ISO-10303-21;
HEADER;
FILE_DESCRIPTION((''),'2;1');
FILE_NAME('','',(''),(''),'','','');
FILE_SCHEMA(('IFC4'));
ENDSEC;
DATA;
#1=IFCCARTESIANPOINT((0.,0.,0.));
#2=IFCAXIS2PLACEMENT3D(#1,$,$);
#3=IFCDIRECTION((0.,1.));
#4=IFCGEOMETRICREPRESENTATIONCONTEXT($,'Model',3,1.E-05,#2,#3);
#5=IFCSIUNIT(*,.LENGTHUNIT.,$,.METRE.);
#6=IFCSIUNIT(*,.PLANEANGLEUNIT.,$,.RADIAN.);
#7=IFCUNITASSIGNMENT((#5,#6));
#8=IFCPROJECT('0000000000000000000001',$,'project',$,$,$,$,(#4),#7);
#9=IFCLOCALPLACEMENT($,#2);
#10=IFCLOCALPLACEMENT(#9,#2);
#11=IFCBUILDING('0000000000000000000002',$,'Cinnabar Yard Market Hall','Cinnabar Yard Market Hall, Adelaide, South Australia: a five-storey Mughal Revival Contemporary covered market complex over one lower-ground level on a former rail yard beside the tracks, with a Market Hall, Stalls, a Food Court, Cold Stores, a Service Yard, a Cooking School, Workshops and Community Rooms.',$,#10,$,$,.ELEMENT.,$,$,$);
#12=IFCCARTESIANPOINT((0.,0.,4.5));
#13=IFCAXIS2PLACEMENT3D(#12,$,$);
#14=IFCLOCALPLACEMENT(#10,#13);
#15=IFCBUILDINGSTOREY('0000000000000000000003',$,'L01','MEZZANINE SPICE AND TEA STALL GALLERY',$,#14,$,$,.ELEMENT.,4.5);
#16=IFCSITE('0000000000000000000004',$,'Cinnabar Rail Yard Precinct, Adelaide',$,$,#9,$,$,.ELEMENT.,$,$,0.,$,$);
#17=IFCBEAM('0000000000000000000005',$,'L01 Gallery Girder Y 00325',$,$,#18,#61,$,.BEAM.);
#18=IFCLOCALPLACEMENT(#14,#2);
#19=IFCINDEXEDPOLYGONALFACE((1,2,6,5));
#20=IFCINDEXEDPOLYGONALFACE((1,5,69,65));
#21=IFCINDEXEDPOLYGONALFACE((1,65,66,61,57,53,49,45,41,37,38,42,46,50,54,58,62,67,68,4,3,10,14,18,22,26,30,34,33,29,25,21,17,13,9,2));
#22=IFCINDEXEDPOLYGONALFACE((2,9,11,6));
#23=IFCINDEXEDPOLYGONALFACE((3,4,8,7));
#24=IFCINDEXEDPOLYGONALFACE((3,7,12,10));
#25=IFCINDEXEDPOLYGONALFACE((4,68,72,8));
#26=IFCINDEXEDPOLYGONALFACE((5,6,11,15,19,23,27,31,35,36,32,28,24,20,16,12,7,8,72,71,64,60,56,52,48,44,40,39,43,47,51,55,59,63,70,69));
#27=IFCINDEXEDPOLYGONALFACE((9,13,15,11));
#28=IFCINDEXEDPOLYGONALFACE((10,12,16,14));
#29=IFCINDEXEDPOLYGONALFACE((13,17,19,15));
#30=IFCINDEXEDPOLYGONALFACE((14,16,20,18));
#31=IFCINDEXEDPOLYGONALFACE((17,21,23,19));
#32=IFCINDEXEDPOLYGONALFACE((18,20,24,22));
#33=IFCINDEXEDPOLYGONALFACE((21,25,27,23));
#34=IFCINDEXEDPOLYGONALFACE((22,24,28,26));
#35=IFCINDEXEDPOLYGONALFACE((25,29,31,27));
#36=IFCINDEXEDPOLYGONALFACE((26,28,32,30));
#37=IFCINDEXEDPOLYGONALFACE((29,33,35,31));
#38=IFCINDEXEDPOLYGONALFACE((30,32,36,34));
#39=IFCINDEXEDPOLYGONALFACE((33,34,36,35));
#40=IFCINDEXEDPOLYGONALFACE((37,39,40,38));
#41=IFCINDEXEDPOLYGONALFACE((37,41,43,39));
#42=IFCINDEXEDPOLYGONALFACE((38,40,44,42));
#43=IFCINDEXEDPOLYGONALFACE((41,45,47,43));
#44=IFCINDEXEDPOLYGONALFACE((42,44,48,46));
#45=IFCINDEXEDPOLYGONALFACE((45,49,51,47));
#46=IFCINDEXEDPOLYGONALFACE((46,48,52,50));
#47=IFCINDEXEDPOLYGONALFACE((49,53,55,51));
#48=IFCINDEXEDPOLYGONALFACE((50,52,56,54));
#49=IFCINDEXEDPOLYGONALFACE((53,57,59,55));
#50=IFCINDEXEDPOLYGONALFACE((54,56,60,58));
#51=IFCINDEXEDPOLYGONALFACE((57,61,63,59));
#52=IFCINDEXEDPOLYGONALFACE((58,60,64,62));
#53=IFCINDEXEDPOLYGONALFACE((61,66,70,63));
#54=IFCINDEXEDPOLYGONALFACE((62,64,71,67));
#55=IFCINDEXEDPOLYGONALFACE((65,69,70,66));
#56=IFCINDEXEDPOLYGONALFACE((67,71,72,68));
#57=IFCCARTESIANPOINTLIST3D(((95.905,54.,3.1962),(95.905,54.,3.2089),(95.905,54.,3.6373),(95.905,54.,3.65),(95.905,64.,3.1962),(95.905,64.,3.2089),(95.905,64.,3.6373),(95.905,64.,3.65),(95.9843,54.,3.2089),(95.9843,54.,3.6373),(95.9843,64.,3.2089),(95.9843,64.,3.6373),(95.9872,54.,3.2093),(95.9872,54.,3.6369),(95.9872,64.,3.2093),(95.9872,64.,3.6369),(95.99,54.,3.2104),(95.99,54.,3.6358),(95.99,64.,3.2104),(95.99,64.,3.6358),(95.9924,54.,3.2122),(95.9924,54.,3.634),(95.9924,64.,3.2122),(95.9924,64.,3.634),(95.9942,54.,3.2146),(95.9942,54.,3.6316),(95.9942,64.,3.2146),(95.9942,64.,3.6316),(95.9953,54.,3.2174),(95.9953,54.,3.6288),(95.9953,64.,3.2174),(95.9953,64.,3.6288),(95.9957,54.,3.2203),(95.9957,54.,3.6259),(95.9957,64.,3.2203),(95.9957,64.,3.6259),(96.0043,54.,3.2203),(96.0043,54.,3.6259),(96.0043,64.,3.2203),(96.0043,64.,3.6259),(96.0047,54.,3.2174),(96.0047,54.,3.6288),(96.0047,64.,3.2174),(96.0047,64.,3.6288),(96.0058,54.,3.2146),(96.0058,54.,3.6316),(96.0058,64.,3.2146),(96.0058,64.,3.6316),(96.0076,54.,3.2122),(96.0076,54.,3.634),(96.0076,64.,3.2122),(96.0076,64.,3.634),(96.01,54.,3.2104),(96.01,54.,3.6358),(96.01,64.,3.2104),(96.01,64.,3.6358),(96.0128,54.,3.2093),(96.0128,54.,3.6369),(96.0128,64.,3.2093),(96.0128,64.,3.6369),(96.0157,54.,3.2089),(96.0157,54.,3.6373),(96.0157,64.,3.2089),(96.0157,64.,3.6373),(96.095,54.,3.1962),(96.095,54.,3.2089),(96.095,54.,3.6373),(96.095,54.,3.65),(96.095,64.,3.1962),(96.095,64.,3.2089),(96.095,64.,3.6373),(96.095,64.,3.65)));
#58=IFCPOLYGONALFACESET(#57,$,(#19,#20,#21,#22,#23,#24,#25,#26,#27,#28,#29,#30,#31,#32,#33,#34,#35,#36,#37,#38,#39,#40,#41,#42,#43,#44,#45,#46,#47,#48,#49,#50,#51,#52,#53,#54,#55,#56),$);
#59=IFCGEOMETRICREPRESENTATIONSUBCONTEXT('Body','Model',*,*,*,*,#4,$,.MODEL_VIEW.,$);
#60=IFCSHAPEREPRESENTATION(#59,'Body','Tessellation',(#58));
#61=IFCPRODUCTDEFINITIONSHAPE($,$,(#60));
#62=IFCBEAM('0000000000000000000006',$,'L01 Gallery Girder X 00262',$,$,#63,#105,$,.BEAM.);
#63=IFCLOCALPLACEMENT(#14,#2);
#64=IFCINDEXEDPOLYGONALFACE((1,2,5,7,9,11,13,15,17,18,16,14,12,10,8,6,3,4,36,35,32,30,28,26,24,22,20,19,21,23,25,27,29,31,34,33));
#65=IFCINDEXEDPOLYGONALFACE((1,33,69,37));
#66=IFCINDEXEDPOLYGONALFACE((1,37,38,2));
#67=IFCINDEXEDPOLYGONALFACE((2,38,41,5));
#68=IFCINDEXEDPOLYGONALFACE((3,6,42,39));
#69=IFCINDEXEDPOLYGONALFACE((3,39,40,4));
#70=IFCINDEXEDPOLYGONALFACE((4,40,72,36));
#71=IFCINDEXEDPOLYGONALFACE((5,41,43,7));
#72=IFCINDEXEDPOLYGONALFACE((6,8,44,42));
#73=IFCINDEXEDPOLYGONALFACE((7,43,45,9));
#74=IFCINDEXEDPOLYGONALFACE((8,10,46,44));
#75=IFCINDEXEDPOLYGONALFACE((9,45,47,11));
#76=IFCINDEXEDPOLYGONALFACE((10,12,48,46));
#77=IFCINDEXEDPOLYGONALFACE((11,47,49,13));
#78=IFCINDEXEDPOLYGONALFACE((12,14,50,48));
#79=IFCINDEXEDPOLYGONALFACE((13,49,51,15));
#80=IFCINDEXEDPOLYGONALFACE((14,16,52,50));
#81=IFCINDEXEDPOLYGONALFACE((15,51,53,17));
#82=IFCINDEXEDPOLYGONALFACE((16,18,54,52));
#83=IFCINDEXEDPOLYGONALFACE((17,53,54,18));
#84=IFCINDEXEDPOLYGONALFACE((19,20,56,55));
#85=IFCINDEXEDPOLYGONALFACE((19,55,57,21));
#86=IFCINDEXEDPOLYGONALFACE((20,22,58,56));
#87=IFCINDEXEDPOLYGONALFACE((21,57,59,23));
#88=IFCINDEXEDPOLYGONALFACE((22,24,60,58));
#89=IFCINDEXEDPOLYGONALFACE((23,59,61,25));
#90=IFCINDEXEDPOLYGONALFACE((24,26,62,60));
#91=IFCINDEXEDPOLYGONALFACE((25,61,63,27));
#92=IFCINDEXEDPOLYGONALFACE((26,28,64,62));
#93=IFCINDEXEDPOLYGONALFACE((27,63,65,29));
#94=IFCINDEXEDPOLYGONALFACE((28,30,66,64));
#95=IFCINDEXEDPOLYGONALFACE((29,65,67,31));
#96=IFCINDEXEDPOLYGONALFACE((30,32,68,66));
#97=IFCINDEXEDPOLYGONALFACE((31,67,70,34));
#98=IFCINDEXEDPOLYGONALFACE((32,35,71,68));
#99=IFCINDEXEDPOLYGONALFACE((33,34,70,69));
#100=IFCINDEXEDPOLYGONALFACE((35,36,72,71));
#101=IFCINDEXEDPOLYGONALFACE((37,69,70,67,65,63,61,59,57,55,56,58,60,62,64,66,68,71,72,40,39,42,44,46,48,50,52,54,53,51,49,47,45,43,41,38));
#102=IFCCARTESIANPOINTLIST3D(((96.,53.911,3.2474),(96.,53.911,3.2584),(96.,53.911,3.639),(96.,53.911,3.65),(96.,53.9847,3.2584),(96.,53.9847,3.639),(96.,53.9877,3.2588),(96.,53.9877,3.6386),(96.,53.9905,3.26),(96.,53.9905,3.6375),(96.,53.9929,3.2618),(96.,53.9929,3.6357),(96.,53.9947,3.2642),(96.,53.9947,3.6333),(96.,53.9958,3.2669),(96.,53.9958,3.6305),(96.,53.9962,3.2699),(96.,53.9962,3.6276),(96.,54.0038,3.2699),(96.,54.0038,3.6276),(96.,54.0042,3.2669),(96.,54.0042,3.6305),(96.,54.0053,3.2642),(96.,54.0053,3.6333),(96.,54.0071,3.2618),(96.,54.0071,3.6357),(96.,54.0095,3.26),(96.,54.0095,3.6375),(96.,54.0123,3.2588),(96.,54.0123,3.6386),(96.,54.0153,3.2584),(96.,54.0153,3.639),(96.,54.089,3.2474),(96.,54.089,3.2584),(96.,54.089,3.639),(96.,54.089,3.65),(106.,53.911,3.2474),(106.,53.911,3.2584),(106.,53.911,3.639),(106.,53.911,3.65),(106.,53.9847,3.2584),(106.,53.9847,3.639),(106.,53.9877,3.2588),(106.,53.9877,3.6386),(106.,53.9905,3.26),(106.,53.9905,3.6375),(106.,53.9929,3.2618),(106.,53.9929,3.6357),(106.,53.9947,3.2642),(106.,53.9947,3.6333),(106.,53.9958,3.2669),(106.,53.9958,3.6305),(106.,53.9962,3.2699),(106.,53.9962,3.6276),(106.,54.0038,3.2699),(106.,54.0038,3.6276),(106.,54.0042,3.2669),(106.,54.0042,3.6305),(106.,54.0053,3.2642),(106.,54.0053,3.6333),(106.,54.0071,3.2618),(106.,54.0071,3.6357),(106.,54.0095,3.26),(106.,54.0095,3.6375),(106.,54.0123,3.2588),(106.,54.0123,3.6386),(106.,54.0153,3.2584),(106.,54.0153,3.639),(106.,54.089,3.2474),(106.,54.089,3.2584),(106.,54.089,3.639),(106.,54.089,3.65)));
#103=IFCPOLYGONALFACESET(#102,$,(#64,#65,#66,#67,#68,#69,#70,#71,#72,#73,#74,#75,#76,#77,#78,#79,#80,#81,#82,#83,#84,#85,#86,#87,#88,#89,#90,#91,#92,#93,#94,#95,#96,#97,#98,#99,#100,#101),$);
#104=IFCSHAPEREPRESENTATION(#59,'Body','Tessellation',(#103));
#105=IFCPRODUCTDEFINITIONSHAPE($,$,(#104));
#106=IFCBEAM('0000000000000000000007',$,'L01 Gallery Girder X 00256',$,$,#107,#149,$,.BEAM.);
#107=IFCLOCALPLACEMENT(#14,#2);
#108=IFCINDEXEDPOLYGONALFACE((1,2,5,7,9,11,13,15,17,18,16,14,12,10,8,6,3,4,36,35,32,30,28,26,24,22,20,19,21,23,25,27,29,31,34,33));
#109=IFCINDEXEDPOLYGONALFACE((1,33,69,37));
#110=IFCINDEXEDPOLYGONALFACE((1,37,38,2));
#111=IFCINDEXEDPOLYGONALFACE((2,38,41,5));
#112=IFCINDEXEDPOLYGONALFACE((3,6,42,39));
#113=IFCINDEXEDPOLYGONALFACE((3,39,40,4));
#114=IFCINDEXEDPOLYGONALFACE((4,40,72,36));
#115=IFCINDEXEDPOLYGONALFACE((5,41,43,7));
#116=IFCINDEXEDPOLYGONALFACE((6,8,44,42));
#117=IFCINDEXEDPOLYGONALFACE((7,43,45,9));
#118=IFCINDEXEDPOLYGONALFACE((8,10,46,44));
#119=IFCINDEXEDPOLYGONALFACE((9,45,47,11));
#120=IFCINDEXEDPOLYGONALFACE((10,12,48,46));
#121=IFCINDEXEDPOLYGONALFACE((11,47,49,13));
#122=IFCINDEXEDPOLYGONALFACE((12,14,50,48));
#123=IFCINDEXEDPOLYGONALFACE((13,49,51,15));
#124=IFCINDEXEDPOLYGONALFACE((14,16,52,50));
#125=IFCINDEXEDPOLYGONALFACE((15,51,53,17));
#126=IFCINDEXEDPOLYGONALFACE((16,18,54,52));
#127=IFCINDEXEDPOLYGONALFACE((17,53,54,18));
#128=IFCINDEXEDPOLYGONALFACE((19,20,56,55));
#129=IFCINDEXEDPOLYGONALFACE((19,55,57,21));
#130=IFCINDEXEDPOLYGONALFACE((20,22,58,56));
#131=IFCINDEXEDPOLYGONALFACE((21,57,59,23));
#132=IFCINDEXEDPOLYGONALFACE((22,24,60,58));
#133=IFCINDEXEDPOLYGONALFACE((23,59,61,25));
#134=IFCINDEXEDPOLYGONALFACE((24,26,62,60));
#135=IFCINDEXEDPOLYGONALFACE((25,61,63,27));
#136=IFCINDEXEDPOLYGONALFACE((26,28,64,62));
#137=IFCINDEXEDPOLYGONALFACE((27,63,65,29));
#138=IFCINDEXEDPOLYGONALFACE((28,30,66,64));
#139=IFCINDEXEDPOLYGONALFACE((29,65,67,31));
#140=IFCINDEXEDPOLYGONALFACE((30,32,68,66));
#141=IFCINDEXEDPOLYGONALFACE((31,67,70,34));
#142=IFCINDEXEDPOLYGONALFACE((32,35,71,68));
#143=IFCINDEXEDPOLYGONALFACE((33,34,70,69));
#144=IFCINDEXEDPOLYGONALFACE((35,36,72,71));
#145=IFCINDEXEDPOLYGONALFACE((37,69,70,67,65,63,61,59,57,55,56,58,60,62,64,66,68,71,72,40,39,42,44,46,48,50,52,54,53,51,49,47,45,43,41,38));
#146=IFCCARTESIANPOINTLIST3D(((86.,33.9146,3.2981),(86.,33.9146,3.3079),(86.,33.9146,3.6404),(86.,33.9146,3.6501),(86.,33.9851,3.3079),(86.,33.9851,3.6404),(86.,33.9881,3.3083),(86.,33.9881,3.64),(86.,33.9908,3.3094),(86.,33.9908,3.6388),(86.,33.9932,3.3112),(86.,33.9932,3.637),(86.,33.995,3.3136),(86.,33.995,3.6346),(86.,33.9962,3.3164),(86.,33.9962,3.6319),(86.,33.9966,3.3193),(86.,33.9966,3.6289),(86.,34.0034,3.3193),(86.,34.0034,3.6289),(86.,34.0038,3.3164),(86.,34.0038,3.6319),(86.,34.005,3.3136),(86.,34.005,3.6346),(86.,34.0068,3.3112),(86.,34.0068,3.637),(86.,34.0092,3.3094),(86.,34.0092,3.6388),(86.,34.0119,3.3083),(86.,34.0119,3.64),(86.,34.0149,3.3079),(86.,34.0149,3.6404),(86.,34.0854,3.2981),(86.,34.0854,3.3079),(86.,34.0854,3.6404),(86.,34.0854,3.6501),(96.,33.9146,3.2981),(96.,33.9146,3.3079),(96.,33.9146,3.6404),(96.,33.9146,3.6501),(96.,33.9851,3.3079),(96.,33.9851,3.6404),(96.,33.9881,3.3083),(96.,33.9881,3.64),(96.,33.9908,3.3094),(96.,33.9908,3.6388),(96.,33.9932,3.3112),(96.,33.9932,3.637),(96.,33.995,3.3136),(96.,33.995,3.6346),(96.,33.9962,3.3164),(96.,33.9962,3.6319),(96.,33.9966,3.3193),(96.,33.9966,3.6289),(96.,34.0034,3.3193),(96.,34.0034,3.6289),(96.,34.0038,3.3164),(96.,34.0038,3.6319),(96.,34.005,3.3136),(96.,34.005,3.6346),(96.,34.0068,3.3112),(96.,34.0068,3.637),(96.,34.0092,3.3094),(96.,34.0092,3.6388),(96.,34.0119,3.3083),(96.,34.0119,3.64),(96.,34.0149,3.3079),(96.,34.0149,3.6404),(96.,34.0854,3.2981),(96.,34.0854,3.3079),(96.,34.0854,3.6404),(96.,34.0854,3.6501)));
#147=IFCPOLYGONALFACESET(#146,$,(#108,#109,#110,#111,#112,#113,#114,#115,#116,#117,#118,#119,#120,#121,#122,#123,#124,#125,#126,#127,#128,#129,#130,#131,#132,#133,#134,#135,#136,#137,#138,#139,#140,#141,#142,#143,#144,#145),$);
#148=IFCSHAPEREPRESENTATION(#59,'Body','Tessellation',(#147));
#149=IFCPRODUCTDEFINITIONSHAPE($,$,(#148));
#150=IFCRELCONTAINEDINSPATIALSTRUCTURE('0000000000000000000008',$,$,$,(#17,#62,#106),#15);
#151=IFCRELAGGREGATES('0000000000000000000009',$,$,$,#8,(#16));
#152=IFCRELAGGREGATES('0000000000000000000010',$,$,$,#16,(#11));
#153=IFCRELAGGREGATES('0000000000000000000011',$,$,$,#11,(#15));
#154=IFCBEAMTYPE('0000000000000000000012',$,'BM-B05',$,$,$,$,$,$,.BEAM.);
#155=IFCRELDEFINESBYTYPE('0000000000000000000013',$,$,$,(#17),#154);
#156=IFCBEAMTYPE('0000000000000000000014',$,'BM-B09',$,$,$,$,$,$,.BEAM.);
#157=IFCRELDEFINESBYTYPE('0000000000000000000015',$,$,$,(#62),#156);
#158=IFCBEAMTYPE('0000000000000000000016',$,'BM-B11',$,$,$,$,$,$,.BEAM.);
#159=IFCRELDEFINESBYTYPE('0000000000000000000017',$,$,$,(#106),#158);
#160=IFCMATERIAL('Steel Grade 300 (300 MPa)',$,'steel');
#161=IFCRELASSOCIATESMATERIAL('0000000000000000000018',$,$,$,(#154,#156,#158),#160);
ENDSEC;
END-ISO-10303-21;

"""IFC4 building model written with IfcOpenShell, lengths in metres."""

from ifc_helpers import new_model, si_unit, direction, frame, origin, origin_2d_with_axis, place, context, subcontext, project, spatial, i_section, extrude, material, material_profile, profile_set, type_object, element, save


model = new_model("IFC4")

# Units and contexts
model_context = context("Model", 3, precision=1e-05, world=origin(), true_north=direction((0.0, 1.0)))
body_context = subcontext(model_context, "Body", "Model", "MODEL_VIEW")
ifc_project = project(units=[si_unit("LENGTHUNIT", "METRE"), si_unit("PLANEANGLEUNIT", "RADIAN")], contexts=[model_context])

# Site, building, storey
site_placement = place(None, origin())
site = spatial("IfcSite", under=ifc_project, at=site_placement, Name="Cinnabar Rail Yard Precinct, Adelaide", CompositionType="ELEMENT", RefElevation=0.0)
building_placement = place(site_placement, origin())
building = spatial("IfcBuilding", under=site, at=building_placement, Name="Cinnabar Yard Market Hall", Description="Cinnabar Yard Market Hall, Adelaide, South Australia: a five-storey Mughal Revival Contemporary covered market complex over one lower-ground level on a former rail yard beside the tracks, with a Market Hall, Stalls, a Food Court, Cold Stores, a Service Yard, a Cooking School, Workshops and Community Rooms.", CompositionType="ELEMENT")
storey_placement = place(building_placement, frame((0.0, 0.0, 4.5)))
storey = spatial("IfcBuildingStorey", under=building, at=storey_placement, Name="L01", Description="MEZZANINE SPICE AND TEA STALL GALLERY", CompositionType="ELEMENT", Elevation=4.5)

# Beams
ifc_material_1 = material(Name="Steel Grade 300 (300 MPa)", Category="steel")
ifc_material_profile_1 = material_profile(ifc_material_1, i_section(OverallWidth=0.1899, OverallDepth=0.4539, WebThickness=0.0085, FlangeThickness=0.0127, FilletRadius=0.0115, at=origin_2d_with_axis()), Name="460UB67.1")
ifc_profile_set_1 = profile_set([ifc_material_profile_1], Name="Steel Grade 300 (300 MPa)")
beam_type_1 = type_object("IfcBeamType", Name="BM-B05", PredefinedType="BEAM", material=ifc_profile_set_1)
for number, where, z_axis, x_axis, name in (
    (1, (96.0, 54.0, 3.4231), (0.0, 1.0, 0.0), (-1.0, 0.0, 0.0), "L01 Gallery Girder Y 00325"),
):
    element("IfcBeam", number, at=place(storey_placement, frame(where, z_axis=z_axis, x_axis=x_axis)), inside=storey, type_object=beam_type_1, Name=name, PredefinedType="BEAM", context=body_context, shape_type="SweptSolid", body=[
        extrude(i_section(OverallWidth=0.1899, OverallDepth=0.4539, WebThickness=0.0085, FlangeThickness=0.0127, FilletRadius=0.0115, at=origin_2d_with_axis()), origin(), (0.0, 0.0, 1.0), 10.0),
    ])
ifc_material_profile_2 = material_profile(ifc_material_1, i_section(OverallWidth=0.178, OverallDepth=0.4026, WebThickness=0.0076, FlangeThickness=0.011, FilletRadius=0.0115, at=origin_2d_with_axis()), Name="410UB53.7")
ifc_profile_set_2 = profile_set([ifc_material_profile_2], Name="Steel Grade 300 (300 MPa)")
beam_type_2 = type_object("IfcBeamType", Name="BM-B09", PredefinedType="BEAM", material=ifc_profile_set_2)
beam_1_placement = place(storey_placement, frame((96.0, 54.0, 3.4487), z_axis=(1.0, 0.0, 0.0), x_axis=(0.0, 1.0, 0.0)))
element("IfcBeam", 2, at=beam_1_placement, inside=storey, type_object=beam_type_2, Name="L01 Gallery Girder X 00262", PredefinedType="BEAM", context=body_context, shape_type="SweptSolid", body=[
    extrude(i_section(OverallWidth=0.178, OverallDepth=0.4026, WebThickness=0.0076, FlangeThickness=0.011, FilletRadius=0.0115, at=origin_2d_with_axis()), origin(), (0.0, 0.0, 1.0), 10.0),
])
ifc_material_profile_3 = material_profile(ifc_material_1, i_section(OverallWidth=0.1709, OverallDepth=0.3521, WebThickness=0.0068, FlangeThickness=0.0098, FilletRadius=0.0115, at=origin_2d_with_axis()), Name="360UB44.7")
ifc_profile_set_3 = profile_set([ifc_material_profile_3], Name="Steel Grade 300 (300 MPa)")
beam_type_3 = type_object("IfcBeamType", Name="BM-B11", PredefinedType="BEAM", material=ifc_profile_set_3)
beam_2_placement = place(storey_placement, frame((86.0, 34.0, 3.4741), z_axis=(1.0, 0.0, 0.0), x_axis=(0.0, 1.0, 0.0)))
element("IfcBeam", 3, at=beam_2_placement, inside=storey, type_object=beam_type_3, Name="L01 Gallery Girder X 00256", PredefinedType="BEAM", context=body_context, shape_type="SweptSolid", body=[
    extrude(i_section(OverallWidth=0.1709, OverallDepth=0.3521, WebThickness=0.0068, FlangeThickness=0.0098, FilletRadius=0.0115, at=origin_2d_with_axis()), origin(), (0.0, 0.0, 1.0), 10.0),
])

save(model, "model.ifc")
